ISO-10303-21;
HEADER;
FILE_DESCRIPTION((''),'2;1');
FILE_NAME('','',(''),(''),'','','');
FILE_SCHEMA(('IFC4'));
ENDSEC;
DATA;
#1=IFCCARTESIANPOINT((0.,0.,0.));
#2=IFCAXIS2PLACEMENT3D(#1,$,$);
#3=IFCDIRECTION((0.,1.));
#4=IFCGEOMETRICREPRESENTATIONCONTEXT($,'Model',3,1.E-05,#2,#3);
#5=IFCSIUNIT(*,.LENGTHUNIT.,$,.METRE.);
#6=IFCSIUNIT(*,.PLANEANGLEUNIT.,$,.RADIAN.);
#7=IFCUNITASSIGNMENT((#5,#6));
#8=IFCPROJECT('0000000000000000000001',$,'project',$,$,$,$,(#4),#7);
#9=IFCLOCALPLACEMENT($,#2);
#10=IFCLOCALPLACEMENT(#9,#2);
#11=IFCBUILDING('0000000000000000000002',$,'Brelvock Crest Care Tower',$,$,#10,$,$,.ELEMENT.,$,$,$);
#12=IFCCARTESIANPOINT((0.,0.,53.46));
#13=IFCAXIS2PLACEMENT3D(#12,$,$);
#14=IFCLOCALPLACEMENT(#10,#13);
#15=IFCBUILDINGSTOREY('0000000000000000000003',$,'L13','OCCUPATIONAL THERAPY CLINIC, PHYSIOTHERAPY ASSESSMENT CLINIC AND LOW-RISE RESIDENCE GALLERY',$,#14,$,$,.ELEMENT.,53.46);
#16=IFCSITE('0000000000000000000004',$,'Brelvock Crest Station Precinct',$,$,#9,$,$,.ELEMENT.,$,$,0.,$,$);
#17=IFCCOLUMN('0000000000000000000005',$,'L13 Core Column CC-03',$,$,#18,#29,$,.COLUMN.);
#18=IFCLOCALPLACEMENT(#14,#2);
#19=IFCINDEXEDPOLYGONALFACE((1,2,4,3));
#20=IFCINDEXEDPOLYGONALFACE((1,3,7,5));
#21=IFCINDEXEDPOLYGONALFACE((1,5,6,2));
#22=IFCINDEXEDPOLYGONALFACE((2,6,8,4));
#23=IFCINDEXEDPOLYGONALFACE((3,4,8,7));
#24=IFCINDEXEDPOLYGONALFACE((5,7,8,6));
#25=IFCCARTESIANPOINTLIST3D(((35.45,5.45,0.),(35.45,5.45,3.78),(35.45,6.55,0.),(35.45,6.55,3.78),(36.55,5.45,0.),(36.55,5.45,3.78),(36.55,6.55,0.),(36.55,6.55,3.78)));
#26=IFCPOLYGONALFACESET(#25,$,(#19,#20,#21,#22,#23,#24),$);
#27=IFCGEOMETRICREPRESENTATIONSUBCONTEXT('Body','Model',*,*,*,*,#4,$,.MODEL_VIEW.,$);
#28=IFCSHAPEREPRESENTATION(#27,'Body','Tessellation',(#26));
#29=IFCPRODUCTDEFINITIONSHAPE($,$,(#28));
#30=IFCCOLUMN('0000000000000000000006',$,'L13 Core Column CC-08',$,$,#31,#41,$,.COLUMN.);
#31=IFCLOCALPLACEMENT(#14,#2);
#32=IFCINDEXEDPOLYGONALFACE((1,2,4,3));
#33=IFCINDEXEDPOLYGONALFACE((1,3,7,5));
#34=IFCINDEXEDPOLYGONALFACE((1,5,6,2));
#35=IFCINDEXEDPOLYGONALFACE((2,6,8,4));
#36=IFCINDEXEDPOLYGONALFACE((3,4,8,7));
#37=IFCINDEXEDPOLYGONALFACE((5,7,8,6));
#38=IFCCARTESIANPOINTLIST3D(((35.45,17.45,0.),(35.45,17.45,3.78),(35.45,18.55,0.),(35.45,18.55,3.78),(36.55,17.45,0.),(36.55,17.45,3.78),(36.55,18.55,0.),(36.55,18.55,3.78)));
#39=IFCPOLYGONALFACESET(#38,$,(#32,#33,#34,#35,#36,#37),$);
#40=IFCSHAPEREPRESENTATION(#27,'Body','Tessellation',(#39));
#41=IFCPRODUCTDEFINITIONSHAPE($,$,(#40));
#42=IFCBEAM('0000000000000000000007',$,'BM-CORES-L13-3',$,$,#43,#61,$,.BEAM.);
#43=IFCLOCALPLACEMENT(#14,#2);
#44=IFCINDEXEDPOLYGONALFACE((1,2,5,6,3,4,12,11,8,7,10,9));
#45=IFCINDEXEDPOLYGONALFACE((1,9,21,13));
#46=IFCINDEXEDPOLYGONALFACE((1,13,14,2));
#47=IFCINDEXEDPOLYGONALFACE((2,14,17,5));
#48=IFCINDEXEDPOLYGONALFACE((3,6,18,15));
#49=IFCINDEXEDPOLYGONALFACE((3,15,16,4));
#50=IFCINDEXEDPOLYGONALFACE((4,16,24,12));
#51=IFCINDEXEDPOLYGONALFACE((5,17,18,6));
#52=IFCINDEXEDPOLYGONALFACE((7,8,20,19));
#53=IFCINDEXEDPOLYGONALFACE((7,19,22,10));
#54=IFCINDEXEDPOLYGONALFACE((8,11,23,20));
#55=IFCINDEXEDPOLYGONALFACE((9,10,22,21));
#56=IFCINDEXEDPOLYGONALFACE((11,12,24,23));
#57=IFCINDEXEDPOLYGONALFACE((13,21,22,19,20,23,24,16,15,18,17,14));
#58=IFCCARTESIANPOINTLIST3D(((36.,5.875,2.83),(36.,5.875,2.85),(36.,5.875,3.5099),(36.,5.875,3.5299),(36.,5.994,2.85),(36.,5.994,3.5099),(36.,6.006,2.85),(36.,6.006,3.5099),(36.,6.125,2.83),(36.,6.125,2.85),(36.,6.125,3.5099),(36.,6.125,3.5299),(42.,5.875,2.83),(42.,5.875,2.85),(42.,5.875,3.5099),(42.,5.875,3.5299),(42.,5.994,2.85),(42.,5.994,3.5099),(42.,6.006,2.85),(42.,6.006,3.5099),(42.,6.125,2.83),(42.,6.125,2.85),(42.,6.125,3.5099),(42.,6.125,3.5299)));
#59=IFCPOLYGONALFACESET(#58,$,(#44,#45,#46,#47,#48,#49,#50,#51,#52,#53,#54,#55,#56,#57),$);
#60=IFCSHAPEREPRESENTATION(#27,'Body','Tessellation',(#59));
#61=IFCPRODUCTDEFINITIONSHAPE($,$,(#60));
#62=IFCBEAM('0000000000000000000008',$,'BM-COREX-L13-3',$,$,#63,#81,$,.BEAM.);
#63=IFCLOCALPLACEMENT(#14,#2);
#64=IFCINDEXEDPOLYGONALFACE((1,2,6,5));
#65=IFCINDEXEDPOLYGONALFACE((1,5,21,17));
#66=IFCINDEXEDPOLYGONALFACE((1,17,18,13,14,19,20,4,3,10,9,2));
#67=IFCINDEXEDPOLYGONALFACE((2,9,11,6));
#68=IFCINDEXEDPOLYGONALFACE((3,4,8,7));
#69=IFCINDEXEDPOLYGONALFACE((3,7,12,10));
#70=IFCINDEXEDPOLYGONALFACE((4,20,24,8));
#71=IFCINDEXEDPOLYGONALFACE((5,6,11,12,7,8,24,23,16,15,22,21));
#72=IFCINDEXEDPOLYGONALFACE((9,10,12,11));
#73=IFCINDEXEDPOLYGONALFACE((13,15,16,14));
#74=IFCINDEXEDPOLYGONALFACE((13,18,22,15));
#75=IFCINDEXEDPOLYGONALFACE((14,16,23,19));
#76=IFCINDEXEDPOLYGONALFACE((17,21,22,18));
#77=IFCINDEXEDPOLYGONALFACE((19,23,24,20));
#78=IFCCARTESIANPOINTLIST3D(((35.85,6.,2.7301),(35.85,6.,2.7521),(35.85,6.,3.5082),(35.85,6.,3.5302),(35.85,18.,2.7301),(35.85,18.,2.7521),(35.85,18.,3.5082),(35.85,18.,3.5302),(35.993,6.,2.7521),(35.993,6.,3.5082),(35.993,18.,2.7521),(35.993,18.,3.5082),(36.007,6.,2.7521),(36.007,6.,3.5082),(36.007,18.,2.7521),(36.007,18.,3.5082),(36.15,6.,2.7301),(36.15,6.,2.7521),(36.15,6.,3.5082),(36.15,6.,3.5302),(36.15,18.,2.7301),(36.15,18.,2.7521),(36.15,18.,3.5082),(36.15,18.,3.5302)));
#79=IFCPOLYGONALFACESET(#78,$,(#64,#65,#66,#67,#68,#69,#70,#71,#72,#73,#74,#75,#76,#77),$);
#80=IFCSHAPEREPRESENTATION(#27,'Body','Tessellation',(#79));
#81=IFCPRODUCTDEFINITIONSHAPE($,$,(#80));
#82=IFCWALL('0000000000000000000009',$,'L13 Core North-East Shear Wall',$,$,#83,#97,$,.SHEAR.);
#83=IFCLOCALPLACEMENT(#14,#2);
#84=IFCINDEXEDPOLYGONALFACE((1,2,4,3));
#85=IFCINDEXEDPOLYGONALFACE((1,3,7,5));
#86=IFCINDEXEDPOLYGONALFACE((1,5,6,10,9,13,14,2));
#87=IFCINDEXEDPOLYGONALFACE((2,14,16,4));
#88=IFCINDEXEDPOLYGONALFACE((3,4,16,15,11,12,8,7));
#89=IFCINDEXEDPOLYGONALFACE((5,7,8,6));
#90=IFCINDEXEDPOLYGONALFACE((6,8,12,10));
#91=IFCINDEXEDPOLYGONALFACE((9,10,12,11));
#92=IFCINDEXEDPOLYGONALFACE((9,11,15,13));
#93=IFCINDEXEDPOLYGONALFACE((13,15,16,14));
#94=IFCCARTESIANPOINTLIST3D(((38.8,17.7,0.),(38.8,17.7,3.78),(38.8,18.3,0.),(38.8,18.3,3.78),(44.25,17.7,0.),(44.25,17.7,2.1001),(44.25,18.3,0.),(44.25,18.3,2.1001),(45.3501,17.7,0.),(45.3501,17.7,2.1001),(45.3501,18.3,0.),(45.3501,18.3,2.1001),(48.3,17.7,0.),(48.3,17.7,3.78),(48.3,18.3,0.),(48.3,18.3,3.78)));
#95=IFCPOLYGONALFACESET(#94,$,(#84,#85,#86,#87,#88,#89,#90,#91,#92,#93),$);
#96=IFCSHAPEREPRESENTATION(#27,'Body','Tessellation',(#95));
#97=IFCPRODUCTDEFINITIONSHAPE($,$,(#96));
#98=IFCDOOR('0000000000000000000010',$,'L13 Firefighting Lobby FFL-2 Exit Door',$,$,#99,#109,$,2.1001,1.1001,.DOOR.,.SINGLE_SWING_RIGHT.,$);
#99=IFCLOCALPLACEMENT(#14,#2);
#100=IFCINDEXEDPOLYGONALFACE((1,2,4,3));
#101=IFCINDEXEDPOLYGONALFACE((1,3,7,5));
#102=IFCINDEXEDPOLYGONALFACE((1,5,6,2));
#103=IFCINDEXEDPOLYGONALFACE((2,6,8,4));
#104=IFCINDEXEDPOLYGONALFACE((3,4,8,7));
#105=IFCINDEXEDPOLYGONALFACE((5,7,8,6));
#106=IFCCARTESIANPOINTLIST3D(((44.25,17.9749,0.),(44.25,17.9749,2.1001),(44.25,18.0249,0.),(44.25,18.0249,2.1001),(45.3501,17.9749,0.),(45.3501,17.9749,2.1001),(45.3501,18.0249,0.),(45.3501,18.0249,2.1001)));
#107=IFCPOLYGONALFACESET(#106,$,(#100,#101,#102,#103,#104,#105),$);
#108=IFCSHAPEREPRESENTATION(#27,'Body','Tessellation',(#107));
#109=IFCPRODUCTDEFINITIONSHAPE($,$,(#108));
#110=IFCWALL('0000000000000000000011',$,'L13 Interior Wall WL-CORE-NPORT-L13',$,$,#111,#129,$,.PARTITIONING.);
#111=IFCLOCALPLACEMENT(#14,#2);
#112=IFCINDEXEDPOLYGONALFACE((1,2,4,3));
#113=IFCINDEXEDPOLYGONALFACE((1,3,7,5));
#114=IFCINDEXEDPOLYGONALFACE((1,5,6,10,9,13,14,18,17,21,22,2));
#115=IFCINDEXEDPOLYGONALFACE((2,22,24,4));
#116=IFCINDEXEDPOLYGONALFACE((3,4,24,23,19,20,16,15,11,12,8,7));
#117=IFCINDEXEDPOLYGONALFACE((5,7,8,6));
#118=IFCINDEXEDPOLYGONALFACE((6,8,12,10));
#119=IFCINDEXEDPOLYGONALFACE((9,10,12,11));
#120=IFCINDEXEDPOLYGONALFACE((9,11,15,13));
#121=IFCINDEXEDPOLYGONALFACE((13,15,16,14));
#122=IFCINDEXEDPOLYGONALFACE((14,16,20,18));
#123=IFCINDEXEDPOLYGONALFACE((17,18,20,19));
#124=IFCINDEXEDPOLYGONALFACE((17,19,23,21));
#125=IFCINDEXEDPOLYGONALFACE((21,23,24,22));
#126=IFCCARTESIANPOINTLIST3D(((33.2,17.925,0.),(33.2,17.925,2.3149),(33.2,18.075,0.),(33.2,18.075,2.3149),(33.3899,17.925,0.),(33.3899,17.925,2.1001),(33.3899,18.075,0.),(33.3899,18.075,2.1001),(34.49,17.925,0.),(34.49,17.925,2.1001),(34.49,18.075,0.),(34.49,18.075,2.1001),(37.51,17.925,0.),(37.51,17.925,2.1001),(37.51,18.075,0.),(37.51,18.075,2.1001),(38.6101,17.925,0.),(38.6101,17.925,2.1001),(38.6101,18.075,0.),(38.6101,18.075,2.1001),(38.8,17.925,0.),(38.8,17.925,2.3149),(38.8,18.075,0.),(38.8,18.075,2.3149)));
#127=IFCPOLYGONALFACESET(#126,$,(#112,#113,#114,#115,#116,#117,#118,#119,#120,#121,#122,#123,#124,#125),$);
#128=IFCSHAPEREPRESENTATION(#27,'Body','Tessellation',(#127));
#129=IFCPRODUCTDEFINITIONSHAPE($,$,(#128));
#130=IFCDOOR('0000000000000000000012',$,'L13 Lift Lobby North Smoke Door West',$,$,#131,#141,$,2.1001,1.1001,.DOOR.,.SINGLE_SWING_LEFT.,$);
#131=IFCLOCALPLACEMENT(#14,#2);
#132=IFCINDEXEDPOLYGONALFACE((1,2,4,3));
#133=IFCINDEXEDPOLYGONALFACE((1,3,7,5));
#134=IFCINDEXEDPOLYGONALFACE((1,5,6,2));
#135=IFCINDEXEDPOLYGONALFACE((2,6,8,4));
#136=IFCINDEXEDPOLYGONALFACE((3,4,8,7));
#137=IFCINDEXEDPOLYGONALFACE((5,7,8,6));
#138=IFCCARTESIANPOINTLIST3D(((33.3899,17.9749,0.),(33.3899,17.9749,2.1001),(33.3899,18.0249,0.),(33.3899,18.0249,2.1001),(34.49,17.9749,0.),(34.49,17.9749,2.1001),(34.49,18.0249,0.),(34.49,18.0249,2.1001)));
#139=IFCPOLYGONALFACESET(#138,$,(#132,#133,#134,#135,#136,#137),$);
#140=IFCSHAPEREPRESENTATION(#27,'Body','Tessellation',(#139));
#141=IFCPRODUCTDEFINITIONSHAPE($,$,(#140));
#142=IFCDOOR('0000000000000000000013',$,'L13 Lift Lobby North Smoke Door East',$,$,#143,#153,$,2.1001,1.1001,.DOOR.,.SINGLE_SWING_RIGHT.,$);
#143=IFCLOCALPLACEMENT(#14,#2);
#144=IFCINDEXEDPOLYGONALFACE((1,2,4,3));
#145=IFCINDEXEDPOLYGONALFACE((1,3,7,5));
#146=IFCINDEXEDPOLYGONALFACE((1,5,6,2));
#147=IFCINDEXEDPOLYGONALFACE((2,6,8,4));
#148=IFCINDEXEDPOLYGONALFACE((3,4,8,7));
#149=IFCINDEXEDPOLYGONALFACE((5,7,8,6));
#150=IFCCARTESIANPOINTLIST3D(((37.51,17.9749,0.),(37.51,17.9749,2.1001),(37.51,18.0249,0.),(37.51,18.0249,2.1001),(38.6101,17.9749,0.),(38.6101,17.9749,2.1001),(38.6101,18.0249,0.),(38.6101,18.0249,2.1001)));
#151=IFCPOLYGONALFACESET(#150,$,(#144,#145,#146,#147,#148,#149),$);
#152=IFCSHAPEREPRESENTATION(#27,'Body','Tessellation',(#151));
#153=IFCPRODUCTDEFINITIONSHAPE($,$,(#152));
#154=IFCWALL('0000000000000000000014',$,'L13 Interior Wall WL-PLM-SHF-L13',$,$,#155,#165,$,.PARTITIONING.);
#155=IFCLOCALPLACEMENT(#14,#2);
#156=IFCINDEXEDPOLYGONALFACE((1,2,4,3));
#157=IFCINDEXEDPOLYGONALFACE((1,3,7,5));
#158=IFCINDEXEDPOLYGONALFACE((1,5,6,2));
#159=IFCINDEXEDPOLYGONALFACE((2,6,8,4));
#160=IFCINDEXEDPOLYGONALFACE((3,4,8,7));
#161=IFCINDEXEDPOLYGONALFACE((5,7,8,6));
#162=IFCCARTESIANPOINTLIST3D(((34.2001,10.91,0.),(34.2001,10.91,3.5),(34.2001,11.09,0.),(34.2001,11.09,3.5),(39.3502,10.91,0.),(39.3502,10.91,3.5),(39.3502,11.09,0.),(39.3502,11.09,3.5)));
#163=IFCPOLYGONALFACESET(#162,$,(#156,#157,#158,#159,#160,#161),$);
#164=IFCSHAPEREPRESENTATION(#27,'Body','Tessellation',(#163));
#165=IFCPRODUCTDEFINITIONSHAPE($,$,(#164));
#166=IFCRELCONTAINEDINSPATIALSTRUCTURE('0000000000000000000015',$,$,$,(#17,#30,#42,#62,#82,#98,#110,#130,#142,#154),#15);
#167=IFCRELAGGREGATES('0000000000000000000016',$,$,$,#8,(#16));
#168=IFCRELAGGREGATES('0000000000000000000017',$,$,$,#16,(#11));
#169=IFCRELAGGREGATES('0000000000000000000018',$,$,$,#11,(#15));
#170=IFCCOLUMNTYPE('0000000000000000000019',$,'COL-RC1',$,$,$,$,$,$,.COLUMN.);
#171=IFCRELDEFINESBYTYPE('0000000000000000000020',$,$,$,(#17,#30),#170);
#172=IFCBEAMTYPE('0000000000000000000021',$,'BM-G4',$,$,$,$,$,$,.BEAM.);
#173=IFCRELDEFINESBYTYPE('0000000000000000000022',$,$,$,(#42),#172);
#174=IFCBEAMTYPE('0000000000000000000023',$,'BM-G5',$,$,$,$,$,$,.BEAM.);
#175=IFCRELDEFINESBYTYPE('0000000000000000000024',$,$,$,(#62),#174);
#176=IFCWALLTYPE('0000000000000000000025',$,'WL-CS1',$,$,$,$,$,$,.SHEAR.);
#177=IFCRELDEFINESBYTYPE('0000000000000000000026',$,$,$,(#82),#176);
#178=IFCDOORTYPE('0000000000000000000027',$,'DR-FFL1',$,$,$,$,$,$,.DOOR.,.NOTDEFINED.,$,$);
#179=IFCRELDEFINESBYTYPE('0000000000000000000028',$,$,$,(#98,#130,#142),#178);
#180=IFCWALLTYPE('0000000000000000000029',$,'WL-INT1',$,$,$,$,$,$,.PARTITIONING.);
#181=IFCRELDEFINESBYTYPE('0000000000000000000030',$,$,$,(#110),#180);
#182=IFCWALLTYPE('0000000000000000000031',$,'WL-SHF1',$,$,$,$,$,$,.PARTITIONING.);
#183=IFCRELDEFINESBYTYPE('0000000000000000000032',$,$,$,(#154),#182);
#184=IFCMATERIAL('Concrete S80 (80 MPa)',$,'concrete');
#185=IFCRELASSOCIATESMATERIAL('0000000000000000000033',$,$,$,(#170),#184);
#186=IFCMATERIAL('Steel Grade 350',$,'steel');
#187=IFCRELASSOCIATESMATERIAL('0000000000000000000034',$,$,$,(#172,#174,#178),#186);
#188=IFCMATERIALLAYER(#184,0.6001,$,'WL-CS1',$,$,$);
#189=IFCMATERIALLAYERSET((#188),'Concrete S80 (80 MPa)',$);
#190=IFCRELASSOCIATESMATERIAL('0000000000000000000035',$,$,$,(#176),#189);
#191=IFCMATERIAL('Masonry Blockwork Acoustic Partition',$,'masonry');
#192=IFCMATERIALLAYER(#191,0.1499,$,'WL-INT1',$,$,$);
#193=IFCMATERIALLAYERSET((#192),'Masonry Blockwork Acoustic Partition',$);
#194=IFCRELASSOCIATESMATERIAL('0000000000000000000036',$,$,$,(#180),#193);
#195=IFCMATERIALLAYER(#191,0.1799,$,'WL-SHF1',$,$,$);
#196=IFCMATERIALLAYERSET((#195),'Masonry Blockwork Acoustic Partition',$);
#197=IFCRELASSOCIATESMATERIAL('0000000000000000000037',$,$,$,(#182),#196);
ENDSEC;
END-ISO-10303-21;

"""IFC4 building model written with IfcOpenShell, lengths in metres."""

from ifc_helpers import new_model, si_unit, direction, frame, frame_2d, origin, origin_2d, place, context, subcontext, project, spatial, rectangle, i_section, extrude, source, transform, mapped, material, layer, layer_set, material_profile, profile_set, type_object, element, fill, save


model = new_model("IFC4")

# Units and contexts
model_context = context("Model", 3, precision=1e-05, world=origin(), true_north=direction((0.0, 1.0)))
body_context = subcontext(model_context, "Body", "Model", "MODEL_VIEW")
ifc_project = project(units=[si_unit("LENGTHUNIT", "METRE"), si_unit("PLANEANGLEUNIT", "RADIAN")], contexts=[model_context])

# Site, building, storey
site_placement = place(None, origin())
site = spatial("IfcSite", under=ifc_project, at=site_placement, Name="Brelvock Crest Station Precinct", CompositionType="ELEMENT", RefElevation=0.0)
building_placement = place(site_placement, origin())
building = spatial("IfcBuilding", under=site, at=building_placement, Name="Brelvock Crest Care Tower", CompositionType="ELEMENT")
storey_placement = place(building_placement, frame((0.0, 0.0, 53.46)))
storey = spatial("IfcBuildingStorey", under=building, at=storey_placement, Name="L13", Description="OCCUPATIONAL THERAPY CLINIC, PHYSIOTHERAPY ASSESSMENT CLINIC AND LOW-RISE RESIDENCE GALLERY", CompositionType="ELEMENT", Elevation=53.46)

# Columns
ifc_material_1 = material(Name="Concrete S80 (80 MPa)", Category="concrete")
ifc_material_profile_1 = material_profile(ifc_material_1, rectangle(XDim=1.1001, YDim=1.1001, at=origin_2d()), Name="RC1100x1100")
ifc_profile_set_1 = profile_set([ifc_material_profile_1], Name="Concrete S80 (80 MPa)")
column_type = type_object("IfcColumnType", Name="COL-RC1", PredefinedType="COLUMN", material=ifc_profile_set_1)
shared_shape_1 = source(origin(), body_context, "Body", "SweptSolid", [
    extrude(rectangle(XDim=1.1001, YDim=1.1001, at=origin_2d()), origin(), (0.0, 0.0, 1.0), 3.78),
])
for number, where, z_axis, x_axis, name in (
    (1, (36.0, 6.0, 0.0), (0.0, 0.0, 1.0), (1.0, 0.0, 0.0), "L13 Core Column CC-03"),
    (2, (36.0, 18.0, 0.0), (0.0, 0.0, 1.0), (1.0, 0.0, 0.0), "L13 Core Column CC-08"),
):
    element("IfcColumn", number, at=place(storey_placement, frame(where, z_axis=z_axis, x_axis=x_axis)), inside=storey, type_object=column_type, Name=name, PredefinedType="COLUMN", context=body_context, shape_type="MappedRepresentation", body=[
        mapped(shared_shape_1, transform((0.0, 0.0, 0.0), x_axis=(1.0, 0.0, 0.0), y_axis=(0.0, 1.0, 0.0), z_axis=(0.0, 0.0, 1.0), scale=1.0)),
    ])

# Beams
ifc_material_2 = material(Name="Steel Grade 350", Category="steel")
ifc_material_profile_2 = material_profile(ifc_material_2, i_section(OverallWidth=0.25, OverallDepth=0.7, WebThickness=0.012, FlangeThickness=0.02, at=origin_2d()), Name="700WB150")
ifc_profile_set_2 = profile_set([ifc_material_profile_2], Name="Steel Grade 350")
beam_type_1 = type_object("IfcBeamType", Name="BM-G4", PredefinedType="BEAM", material=ifc_profile_set_2)
shared_shape_2 = source(origin(), body_context, "Body", "SweptSolid", [
    extrude(i_section(OverallWidth=0.25, OverallDepth=0.7, WebThickness=0.012, FlangeThickness=0.02, at=origin_2d()), origin(), (0.0, 0.0, 1.0), 6.0),
])
beam_1_placement = place(storey_placement, frame((36.0, 6.0, 3.1799), z_axis=(1.0, 0.0, 0.0), x_axis=(0.0, 1.0, 0.0)))
element("IfcBeam", 3, at=beam_1_placement, inside=storey, type_object=beam_type_1, Name="BM-CORES-L13-3", PredefinedType="BEAM", context=body_context, shape_type="MappedRepresentation", body=[
    mapped(shared_shape_2, transform((0.0, 0.0, 0.0), x_axis=(1.0, 0.0, 0.0), y_axis=(0.0, 1.0, 0.0), z_axis=(0.0, 0.0, 1.0), scale=1.0)),
])
ifc_material_profile_3 = material_profile(ifc_material_2, i_section(OverallWidth=0.3, OverallDepth=0.8, WebThickness=0.0139, FlangeThickness=0.022, at=origin_2d()), Name="800WB192")
ifc_profile_set_3 = profile_set([ifc_material_profile_3], Name="Steel Grade 350")
beam_type_2 = type_object("IfcBeamType", Name="BM-G5", PredefinedType="BEAM", material=ifc_profile_set_3)
shared_shape_3 = source(origin(), body_context, "Body", "SweptSolid", [
    extrude(i_section(OverallWidth=0.3, OverallDepth=0.8, WebThickness=0.0139, FlangeThickness=0.022, at=origin_2d()), origin(), (0.0, 0.0, 1.0), 12.0),
])
beam_2_placement = place(storey_placement, frame((36.0, 6.0, 3.1301), z_axis=(0.0, 1.0, 0.0), x_axis=(-1.0, 0.0, 0.0)))
element("IfcBeam", 4, at=beam_2_placement, inside=storey, type_object=beam_type_2, Name="BM-COREX-L13-3", PredefinedType="BEAM", context=body_context, shape_type="MappedRepresentation", body=[
    mapped(shared_shape_3, transform((0.0, 0.0, 0.0), x_axis=(1.0, 0.0, 0.0), y_axis=(0.0, 1.0, 0.0), z_axis=(0.0, 0.0, 1.0), scale=1.0)),
])

# Wall, opening, door
ifc_layer_1 = layer(ifc_material_1, 0.6001, Name="WL-CS1")
ifc_layer_set_1 = layer_set([ifc_layer_1], Name="Concrete S80 (80 MPa)")
wall_type_1 = type_object("IfcWallType", Name="WL-CS1", PredefinedType="SHEAR", material=ifc_layer_set_1)
wall_1_placement = place(storey_placement, frame((38.8, 18.0, 0.0), z_axis=(0.0, 0.0, 1.0), x_axis=(1.0, 0.0, 0.0)))
wall_1 = element("IfcWall", 5, at=wall_1_placement, inside=storey, type_object=wall_type_1, Name="L13 Core North-East Shear Wall", PredefinedType="SHEAR", context=body_context, shape_type="SweptSolid", body=[
    extrude(rectangle(XDim=9.5, YDim=0.6001, at=frame_2d((4.75, 0.0))), origin(), (0.0, 0.0, 1.0), 3.78),
])
opening_1_placement = place(wall_1_placement, frame((5.45, 0.0, 0.0)))
opening_1 = element("IfcOpeningElement", 6, at=opening_1_placement, cuts=wall_1, PredefinedType="OPENING", context=body_context, shape_type="SweptSolid", body=[
    extrude(rectangle(XDim=1.1001, YDim=2.1001, at=origin_2d()), frame((0.55, 0.3101, 1.05), z_axis=(0.0, -1.0, 0.0), x_axis=(1.0, 0.0, 0.0)), (0.0, 0.0, 1.0), 0.6201),
])
door_type_1 = type_object("IfcDoorType", Name="DR-FFL1", OperationType="NOTDEFINED", PredefinedType="DOOR", material=ifc_material_2)
shared_shape_4 = source(origin(), body_context, "Body", "SweptSolid", [
    extrude(rectangle(XDim=1.1001, YDim=2.1001, at=origin_2d()), frame((0.55, 0.0249, 1.05), z_axis=(0.0, -1.0, 0.0), x_axis=(1.0, 0.0, 0.0)), (0.0, 0.0, 1.0), 0.05),
])
door_1_placement = place(opening_1_placement, origin())
door_1 = element("IfcDoor", 7, at=door_1_placement, inside=storey, type_object=door_type_1, Name="L13 Firefighting Lobby FFL-2 Exit Door", OperationType="SINGLE_SWING_RIGHT", OverallHeight=2.1001, OverallWidth=1.1001, PredefinedType="DOOR", context=body_context, shape_type="MappedRepresentation", body=[
    mapped(shared_shape_4, transform((0.0, 0.0, 0.0), x_axis=(1.0, 0.0, 0.0), y_axis=(0.0, 1.0, 0.0), z_axis=(0.0, 0.0, 1.0), scale=1.0)),
])
fill(opening_1, door_1)

# Wall, openings, doors
ifc_material_3 = material(Name="Masonry Blockwork Acoustic Partition", Category="masonry")
ifc_layer_2 = layer(ifc_material_3, 0.1499, Name="WL-INT1")
ifc_layer_set_2 = layer_set([ifc_layer_2], Name="Masonry Blockwork Acoustic Partition")
wall_type_2 = type_object("IfcWallType", Name="WL-INT1", PredefinedType="PARTITIONING", material=ifc_layer_set_2)
wall_2_placement = place(storey_placement, frame((33.2, 18.0, 0.0), z_axis=(0.0, 0.0, 1.0), x_axis=(1.0, 0.0, 0.0)))
wall_2 = element("IfcWall", 8, at=wall_2_placement, inside=storey, type_object=wall_type_2, Name="L13 Interior Wall WL-CORE-NPORT-L13", PredefinedType="PARTITIONING", context=body_context, shape_type="SweptSolid", body=[
    extrude(rectangle(XDim=5.6001, YDim=0.1499, at=frame_2d((2.8, 0.0))), origin(), (0.0, 0.0, 1.0), 2.3149),
])
opening_2_placement = place(wall_2_placement, frame((0.1899, 0.0, 0.0)))
opening_2 = element("IfcOpeningElement", 9, at=opening_2_placement, cuts=wall_2, PredefinedType="OPENING", context=body_context, shape_type="SweptSolid", body=[
    extrude(rectangle(XDim=1.1001, YDim=2.1001, at=origin_2d()), frame((0.55, 0.085, 1.05), z_axis=(0.0, -1.0, 0.0), x_axis=(1.0, 0.0, 0.0)), (0.0, 0.0, 1.0), 0.1699),
])
opening_3_placement = place(wall_2_placement, frame((4.3101, 0.0, 0.0)))
opening_3 = element("IfcOpeningElement", 10, at=opening_3_placement, cuts=wall_2, PredefinedType="OPENING", context=body_context, shape_type="SweptSolid", body=[
    extrude(rectangle(XDim=1.1001, YDim=2.1001, at=origin_2d()), frame((0.55, 0.085, 1.05), z_axis=(0.0, -1.0, 0.0), x_axis=(1.0, 0.0, 0.0)), (0.0, 0.0, 1.0), 0.1699),
])
door_2_placement = place(opening_2_placement, origin())
door_2 = element("IfcDoor", 11, at=door_2_placement, inside=storey, type_object=door_type_1, Name="L13 Lift Lobby North Smoke Door West", OperationType="SINGLE_SWING_LEFT", OverallHeight=2.1001, OverallWidth=1.1001, PredefinedType="DOOR", context=body_context, shape_type="MappedRepresentation", body=[
    mapped(shared_shape_4, transform((0.0, 0.0, 0.0), x_axis=(1.0, 0.0, 0.0), y_axis=(0.0, 1.0, 0.0), z_axis=(0.0, 0.0, 1.0), scale=1.0)),
])
fill(opening_2, door_2)
door_3_placement = place(opening_3_placement, origin())
door_3 = element("IfcDoor", 12, at=door_3_placement, inside=storey, type_object=door_type_1, Name="L13 Lift Lobby North Smoke Door East", OperationType="SINGLE_SWING_RIGHT", OverallHeight=2.1001, OverallWidth=1.1001, PredefinedType="DOOR", context=body_context, shape_type="MappedRepresentation", body=[
    mapped(shared_shape_4, transform((0.0, 0.0, 0.0), x_axis=(1.0, 0.0, 0.0), y_axis=(0.0, 1.0, 0.0), z_axis=(0.0, 0.0, 1.0), scale=1.0)),
])
fill(opening_3, door_3)

# Wall
ifc_layer_3 = layer(ifc_material_3, 0.1799, Name="WL-SHF1")
ifc_layer_set_3 = layer_set([ifc_layer_3], Name="Masonry Blockwork Acoustic Partition")
wall_type_3 = type_object("IfcWallType", Name="WL-SHF1", PredefinedType="PARTITIONING", material=ifc_layer_set_3)
for number, where, z_axis, x_axis, name in (
    (13, (34.2, 11.0, 0.0), (0.0, 0.0, 1.0), (1.0, 0.0, 0.0), "L13 Interior Wall WL-PLM-SHF-L13"),
):
    element("IfcWall", number, at=place(storey_placement, frame(where, z_axis=z_axis, x_axis=x_axis)), inside=storey, type_object=wall_type_3, Name=name, PredefinedType="PARTITIONING", context=body_context, shape_type="SweptSolid", body=[
        extrude(rectangle(XDim=5.1501, YDim=0.1799, at=frame_2d((2.5752, 0.0))), origin(), (0.0, 0.0, 1.0), 3.5),
    ])

save(model, "model.ifc")
